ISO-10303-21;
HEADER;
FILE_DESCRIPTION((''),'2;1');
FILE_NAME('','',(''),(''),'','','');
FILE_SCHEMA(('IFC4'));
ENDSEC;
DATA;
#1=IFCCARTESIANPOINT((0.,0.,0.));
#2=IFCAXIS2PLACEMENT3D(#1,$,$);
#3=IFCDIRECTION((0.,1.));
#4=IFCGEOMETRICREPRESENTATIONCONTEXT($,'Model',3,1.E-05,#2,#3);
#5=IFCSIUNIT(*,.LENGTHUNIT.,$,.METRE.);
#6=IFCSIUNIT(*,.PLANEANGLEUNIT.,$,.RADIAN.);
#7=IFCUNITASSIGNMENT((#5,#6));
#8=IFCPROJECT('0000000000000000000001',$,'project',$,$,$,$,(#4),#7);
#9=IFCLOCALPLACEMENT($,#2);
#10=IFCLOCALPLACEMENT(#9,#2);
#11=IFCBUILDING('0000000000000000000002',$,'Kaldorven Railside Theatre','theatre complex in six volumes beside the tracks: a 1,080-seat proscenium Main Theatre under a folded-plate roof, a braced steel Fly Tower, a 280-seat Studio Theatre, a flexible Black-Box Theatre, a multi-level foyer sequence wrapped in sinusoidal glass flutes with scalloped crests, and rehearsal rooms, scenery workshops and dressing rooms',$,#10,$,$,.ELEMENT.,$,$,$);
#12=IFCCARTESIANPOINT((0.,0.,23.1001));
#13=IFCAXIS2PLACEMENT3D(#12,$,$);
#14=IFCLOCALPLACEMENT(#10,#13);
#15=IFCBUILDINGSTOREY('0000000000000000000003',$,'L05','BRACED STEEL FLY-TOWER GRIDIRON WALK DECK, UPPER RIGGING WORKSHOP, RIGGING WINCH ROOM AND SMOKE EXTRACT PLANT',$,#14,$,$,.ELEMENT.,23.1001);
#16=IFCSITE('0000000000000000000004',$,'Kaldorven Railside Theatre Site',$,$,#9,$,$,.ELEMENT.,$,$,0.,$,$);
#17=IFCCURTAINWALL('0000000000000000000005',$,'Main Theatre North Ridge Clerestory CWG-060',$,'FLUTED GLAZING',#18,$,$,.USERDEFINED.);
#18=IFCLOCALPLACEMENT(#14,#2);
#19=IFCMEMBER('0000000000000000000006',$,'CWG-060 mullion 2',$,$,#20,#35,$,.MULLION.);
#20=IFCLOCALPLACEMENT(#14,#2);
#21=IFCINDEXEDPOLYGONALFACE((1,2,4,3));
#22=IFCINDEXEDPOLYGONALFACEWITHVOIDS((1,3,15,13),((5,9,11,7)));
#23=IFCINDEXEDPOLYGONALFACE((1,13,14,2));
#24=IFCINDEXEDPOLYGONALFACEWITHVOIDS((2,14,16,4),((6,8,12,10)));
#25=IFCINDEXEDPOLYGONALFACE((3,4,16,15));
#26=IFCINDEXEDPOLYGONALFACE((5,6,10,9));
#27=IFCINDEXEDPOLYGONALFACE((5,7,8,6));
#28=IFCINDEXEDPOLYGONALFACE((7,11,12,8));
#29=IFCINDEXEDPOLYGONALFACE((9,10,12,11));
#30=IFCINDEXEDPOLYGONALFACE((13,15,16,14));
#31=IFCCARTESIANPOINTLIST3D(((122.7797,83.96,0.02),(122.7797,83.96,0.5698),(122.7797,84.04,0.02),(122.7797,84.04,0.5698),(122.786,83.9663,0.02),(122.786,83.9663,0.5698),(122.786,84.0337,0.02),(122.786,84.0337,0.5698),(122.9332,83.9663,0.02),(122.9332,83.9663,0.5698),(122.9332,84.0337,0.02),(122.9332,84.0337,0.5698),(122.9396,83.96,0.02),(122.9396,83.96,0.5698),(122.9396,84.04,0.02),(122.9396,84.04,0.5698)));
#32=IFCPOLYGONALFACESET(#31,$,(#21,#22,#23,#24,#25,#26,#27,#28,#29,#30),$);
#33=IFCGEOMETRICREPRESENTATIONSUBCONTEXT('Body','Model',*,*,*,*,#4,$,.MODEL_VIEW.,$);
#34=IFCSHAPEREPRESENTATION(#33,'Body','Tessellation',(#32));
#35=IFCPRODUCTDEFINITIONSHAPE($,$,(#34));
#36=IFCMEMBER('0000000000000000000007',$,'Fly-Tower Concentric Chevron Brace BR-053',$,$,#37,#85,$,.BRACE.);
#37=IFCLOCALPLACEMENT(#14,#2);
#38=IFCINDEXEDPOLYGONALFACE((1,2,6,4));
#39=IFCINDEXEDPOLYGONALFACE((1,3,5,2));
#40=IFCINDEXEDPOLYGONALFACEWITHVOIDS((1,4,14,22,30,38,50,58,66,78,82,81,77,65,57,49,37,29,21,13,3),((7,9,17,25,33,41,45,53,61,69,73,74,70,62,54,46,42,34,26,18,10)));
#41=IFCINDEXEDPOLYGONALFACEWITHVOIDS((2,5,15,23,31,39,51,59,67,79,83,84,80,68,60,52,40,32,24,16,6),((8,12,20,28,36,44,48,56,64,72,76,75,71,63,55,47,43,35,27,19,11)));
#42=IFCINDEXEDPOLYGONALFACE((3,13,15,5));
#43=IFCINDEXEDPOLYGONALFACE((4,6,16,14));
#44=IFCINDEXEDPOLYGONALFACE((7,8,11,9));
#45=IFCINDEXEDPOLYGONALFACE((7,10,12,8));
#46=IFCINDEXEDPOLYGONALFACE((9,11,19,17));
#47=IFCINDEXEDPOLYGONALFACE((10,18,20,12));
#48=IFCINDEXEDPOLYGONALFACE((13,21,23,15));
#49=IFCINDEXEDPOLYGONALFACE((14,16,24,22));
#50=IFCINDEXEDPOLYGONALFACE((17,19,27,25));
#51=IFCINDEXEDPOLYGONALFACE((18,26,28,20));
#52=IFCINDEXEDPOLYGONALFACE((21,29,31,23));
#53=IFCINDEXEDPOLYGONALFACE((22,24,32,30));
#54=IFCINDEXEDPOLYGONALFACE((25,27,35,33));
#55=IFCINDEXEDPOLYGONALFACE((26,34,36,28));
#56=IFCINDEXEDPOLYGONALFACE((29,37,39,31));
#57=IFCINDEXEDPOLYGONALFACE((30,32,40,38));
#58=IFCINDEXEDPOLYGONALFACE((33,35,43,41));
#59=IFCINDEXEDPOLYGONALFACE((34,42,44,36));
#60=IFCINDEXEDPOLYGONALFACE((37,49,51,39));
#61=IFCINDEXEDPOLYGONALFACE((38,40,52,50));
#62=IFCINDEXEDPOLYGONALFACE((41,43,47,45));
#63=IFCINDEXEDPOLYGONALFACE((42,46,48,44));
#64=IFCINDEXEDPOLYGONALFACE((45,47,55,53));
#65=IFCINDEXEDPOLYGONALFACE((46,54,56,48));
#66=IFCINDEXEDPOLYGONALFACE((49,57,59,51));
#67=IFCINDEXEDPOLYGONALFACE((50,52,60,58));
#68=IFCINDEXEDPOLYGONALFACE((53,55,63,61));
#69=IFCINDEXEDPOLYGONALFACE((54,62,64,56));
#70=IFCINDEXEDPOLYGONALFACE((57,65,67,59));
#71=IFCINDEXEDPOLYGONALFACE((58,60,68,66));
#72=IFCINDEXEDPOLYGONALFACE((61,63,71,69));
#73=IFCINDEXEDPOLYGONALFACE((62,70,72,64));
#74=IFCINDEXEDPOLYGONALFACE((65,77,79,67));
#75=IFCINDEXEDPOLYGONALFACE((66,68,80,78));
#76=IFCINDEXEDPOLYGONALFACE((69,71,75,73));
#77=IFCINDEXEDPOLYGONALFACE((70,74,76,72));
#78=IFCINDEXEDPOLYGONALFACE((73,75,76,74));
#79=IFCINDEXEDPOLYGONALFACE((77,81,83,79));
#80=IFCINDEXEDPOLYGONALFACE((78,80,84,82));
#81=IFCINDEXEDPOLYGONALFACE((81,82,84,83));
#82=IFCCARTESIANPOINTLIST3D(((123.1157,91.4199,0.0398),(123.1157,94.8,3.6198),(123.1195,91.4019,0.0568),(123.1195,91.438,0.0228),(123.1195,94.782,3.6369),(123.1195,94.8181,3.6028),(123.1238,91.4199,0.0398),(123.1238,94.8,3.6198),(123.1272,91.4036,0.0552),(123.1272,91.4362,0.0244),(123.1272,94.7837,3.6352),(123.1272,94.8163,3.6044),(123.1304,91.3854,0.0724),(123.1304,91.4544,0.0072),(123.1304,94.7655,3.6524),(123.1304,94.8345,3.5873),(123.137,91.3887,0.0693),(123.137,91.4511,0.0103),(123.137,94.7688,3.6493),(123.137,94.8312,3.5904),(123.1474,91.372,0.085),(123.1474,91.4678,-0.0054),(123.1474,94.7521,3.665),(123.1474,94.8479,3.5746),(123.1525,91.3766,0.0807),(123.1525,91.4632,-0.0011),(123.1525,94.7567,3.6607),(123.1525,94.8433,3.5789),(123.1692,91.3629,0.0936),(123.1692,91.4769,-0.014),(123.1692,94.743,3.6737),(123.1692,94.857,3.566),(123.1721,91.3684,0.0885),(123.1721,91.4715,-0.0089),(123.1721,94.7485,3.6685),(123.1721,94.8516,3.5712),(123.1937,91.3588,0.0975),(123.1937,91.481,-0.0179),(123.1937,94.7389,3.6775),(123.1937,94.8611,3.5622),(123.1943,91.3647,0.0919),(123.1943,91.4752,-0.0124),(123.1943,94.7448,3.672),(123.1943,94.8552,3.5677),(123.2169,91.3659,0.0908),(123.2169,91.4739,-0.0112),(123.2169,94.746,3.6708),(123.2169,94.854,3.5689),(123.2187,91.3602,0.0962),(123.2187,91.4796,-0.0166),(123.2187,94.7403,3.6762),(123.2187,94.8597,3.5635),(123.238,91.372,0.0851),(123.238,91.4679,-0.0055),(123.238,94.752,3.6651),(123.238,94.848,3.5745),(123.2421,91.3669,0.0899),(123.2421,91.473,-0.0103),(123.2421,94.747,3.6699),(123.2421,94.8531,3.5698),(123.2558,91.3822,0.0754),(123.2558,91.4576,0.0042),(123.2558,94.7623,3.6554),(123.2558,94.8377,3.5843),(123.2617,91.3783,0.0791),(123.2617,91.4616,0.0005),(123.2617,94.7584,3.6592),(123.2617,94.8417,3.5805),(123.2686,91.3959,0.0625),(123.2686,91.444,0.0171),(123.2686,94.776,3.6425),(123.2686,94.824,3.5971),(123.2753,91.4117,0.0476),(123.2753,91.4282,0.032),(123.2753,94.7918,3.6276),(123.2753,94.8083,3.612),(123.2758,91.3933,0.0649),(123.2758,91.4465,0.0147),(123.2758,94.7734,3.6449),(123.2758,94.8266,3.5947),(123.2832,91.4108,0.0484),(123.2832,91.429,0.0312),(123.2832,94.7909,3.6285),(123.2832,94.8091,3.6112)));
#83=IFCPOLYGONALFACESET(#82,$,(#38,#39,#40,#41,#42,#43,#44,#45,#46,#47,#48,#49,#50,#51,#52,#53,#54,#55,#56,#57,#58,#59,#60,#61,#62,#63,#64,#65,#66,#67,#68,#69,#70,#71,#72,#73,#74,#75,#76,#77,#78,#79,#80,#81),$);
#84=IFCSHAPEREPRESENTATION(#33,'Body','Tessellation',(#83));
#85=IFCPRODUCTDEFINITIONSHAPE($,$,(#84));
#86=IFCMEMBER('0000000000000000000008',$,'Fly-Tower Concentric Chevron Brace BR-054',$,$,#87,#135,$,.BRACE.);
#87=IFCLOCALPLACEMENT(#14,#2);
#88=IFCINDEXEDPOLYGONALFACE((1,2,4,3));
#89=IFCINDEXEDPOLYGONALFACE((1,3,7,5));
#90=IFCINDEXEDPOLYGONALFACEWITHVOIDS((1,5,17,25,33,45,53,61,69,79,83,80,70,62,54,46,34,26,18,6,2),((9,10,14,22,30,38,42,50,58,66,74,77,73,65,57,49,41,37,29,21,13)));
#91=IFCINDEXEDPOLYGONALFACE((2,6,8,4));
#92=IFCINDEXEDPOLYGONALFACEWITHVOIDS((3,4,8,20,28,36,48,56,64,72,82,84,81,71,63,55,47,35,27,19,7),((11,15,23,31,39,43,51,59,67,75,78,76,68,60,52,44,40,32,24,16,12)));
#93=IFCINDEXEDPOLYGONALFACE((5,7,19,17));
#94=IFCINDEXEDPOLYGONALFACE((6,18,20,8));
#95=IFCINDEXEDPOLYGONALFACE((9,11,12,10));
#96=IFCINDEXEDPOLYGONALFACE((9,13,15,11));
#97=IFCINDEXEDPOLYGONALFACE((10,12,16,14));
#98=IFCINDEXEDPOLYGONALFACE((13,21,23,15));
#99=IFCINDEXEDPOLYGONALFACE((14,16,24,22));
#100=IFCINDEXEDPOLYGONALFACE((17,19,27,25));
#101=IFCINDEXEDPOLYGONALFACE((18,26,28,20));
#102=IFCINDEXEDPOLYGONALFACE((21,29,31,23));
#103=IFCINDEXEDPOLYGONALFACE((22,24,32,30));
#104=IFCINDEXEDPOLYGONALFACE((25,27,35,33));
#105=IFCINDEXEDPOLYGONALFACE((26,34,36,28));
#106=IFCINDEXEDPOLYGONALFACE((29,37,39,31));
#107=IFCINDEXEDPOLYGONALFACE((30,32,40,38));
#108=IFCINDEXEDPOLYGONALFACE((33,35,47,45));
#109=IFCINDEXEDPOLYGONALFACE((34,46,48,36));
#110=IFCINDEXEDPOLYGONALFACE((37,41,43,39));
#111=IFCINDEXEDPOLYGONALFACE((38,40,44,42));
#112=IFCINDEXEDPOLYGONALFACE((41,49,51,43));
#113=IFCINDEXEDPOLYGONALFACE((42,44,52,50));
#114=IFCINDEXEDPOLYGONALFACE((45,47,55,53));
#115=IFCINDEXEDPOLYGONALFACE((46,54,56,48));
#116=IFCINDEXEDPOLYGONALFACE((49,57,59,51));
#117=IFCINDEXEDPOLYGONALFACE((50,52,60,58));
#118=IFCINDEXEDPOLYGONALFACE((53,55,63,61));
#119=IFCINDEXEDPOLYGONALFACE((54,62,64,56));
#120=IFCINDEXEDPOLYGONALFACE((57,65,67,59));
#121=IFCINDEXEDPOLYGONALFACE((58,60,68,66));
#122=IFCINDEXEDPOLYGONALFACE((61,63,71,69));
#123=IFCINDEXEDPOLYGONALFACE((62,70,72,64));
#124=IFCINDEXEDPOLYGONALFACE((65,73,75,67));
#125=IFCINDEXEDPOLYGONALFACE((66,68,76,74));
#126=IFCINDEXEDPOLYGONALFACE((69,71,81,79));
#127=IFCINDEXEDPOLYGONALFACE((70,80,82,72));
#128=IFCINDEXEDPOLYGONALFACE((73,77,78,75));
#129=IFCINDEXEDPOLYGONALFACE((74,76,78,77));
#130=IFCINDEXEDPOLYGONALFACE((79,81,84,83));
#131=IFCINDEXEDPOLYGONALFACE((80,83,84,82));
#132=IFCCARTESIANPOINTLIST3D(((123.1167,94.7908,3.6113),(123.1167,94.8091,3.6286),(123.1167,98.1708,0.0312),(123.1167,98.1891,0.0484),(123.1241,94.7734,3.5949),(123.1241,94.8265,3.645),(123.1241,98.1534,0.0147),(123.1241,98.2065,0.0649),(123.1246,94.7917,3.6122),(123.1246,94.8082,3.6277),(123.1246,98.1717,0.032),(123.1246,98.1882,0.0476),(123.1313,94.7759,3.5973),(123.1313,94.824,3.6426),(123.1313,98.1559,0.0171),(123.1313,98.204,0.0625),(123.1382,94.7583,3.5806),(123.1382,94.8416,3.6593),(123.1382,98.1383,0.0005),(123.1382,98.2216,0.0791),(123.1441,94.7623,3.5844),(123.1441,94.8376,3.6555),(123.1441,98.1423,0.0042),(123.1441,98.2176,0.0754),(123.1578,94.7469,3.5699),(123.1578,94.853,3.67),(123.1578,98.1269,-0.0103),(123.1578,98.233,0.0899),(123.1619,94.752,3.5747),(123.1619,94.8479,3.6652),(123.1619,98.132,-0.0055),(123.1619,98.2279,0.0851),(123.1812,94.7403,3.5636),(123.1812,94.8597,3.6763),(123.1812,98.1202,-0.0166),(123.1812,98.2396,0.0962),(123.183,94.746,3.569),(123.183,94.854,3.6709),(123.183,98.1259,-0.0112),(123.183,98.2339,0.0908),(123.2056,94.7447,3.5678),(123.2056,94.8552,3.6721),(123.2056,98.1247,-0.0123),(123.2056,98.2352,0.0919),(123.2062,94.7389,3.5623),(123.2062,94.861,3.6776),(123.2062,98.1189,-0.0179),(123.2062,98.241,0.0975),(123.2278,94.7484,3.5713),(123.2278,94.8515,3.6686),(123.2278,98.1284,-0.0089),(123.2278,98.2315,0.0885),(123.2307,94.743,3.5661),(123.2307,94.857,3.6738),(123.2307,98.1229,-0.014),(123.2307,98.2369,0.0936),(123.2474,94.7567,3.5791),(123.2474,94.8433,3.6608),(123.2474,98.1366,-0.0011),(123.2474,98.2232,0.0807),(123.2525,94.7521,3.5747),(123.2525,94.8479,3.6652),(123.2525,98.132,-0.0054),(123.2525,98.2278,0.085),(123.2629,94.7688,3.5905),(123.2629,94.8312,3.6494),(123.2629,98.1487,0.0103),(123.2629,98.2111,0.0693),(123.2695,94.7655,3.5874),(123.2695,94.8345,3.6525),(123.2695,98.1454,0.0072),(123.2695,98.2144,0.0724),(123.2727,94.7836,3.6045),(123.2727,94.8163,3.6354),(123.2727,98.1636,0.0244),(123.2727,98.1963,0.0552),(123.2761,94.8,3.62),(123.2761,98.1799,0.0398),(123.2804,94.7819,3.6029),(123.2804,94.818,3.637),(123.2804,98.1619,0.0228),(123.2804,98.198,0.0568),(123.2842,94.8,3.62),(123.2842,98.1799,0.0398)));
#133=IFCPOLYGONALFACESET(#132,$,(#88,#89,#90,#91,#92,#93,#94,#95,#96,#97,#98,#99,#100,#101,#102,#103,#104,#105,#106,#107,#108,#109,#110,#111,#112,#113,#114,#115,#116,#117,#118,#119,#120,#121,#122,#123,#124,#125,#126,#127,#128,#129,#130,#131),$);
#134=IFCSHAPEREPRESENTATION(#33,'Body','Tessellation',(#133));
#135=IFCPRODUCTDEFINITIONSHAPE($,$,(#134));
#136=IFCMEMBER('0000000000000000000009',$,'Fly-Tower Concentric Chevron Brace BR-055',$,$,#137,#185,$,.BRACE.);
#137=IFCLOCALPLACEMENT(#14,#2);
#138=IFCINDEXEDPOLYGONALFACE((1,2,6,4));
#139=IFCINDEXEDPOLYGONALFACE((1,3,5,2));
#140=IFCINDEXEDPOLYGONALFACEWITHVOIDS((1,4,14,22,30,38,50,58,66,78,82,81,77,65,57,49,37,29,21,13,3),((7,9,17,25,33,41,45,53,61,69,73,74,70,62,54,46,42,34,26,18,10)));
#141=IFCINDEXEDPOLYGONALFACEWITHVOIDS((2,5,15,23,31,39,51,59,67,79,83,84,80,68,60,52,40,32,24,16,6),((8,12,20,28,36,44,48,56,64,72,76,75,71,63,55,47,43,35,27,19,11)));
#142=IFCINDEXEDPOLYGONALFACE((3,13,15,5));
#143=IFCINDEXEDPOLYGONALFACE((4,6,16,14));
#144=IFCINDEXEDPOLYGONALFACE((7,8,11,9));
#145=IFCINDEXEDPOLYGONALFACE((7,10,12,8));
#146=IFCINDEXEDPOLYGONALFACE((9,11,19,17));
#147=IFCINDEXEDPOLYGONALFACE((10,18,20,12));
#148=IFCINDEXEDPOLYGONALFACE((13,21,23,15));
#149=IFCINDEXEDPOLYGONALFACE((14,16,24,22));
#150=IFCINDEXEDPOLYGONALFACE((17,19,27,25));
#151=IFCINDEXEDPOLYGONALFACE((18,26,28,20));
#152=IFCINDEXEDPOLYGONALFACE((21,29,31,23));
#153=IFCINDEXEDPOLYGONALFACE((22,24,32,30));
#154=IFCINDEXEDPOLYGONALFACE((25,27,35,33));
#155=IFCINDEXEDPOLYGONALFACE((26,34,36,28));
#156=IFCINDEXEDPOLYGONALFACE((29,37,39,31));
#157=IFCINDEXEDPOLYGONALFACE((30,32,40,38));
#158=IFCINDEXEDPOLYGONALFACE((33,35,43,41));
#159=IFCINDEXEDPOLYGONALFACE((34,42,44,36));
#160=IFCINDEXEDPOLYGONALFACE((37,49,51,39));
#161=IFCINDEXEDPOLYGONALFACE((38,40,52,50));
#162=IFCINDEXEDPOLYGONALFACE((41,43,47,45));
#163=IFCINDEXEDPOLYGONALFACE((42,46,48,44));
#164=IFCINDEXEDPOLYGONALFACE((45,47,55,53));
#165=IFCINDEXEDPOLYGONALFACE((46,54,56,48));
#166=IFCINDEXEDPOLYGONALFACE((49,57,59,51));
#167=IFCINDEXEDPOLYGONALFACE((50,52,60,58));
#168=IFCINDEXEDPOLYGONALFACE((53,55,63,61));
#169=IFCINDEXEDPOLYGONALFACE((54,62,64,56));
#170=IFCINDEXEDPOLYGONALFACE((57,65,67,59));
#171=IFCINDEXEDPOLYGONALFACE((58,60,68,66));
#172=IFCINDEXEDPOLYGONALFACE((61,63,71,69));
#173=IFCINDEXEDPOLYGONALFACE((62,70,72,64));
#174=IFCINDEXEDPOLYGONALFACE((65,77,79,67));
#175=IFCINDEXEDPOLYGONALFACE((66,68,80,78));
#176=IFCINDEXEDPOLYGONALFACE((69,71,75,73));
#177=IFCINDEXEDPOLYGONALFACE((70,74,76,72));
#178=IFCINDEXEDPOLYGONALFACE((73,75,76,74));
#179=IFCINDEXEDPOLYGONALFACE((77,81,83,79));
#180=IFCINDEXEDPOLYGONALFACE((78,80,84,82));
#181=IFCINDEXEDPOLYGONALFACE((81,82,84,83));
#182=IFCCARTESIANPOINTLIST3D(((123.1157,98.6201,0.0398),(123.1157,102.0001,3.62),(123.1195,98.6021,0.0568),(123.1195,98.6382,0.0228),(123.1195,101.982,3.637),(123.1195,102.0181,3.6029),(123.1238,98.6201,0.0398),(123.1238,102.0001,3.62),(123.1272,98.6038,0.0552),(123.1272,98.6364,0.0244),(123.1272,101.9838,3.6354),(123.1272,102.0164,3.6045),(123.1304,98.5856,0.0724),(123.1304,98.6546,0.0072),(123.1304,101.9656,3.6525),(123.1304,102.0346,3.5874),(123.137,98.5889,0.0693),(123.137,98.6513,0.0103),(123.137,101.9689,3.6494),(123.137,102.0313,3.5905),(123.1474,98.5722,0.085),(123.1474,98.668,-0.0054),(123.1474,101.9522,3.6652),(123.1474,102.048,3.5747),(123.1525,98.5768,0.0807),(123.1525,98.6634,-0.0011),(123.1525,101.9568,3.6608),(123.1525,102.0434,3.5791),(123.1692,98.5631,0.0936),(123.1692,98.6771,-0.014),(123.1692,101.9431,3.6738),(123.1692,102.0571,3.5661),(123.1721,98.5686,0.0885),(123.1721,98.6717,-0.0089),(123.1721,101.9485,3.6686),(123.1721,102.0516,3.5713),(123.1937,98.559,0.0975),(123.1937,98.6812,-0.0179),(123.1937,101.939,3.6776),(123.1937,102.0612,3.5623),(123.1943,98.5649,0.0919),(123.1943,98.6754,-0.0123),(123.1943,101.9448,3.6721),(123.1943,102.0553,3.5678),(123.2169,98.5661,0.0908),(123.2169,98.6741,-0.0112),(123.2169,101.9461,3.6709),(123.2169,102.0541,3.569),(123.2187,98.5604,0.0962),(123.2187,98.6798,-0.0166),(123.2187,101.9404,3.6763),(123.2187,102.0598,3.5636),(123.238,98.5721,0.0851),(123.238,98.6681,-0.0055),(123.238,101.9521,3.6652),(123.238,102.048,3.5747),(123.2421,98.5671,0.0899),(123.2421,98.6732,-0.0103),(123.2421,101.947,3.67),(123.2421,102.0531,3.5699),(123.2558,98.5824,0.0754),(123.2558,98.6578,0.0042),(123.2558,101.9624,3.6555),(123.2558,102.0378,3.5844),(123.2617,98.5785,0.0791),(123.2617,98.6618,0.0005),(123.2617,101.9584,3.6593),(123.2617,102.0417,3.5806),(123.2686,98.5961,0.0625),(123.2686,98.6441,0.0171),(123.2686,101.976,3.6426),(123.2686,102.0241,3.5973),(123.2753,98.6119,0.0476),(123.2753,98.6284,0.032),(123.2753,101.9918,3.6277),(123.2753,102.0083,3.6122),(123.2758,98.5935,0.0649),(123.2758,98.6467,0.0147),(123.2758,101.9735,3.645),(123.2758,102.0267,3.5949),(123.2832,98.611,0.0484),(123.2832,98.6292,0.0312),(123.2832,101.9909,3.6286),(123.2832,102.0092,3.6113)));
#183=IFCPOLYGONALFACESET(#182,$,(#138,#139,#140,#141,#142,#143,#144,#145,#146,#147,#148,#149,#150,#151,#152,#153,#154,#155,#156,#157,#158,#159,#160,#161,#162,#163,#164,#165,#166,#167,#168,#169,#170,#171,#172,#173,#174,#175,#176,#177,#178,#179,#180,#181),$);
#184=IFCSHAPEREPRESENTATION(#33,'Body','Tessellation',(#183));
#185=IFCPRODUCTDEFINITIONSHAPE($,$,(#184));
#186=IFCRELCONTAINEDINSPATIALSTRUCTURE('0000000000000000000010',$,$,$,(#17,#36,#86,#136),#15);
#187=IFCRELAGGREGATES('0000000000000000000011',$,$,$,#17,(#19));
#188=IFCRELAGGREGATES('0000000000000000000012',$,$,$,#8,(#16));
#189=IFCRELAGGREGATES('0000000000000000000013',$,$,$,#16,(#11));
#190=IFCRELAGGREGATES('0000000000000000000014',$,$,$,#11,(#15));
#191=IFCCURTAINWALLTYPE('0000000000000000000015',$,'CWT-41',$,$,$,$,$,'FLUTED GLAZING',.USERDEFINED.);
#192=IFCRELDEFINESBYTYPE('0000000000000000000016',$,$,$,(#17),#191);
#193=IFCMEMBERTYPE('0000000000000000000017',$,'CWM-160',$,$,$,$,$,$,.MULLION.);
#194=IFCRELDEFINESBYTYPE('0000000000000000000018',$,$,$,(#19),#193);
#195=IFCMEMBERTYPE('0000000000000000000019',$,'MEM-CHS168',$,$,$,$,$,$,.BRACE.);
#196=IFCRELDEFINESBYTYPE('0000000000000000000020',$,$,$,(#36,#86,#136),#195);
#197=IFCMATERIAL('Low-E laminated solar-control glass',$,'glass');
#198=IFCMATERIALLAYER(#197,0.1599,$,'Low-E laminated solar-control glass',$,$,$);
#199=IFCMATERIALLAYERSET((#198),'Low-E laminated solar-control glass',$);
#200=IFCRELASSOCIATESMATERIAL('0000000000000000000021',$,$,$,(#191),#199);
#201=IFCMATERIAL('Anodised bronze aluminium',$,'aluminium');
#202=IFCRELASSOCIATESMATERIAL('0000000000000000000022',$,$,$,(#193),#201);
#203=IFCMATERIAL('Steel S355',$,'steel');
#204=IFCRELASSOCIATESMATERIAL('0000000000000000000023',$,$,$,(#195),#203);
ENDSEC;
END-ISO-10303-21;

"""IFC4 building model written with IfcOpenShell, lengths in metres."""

from ifc_helpers import new_model, si_unit, direction, frame, origin, origin_2d, place, context, subcontext, project, spatial, hollow_rectangle, hollow_circle, extrude, material, layer, layer_set, material_profile, profile_set, type_object, element, aggregate, save


model = new_model("IFC4")

# Units and contexts
model_context = context("Model", 3, precision=1e-05, world=origin(), true_north=direction((0.0, 1.0)))
body_context = subcontext(model_context, "Body", "Model", "MODEL_VIEW")
ifc_project = project(units=[si_unit("LENGTHUNIT", "METRE"), si_unit("PLANEANGLEUNIT", "RADIAN")], contexts=[model_context])

# Site, building, storey
site_placement = place(None, origin())
site = spatial("IfcSite", under=ifc_project, at=site_placement, Name="Kaldorven Railside Theatre Site", CompositionType="ELEMENT", RefElevation=0.0)
building_placement = place(site_placement, origin())
building = spatial("IfcBuilding", under=site, at=building_placement, Name="Kaldorven Railside Theatre", Description="theatre complex in six volumes beside the tracks: a 1,080-seat proscenium Main Theatre under a folded-plate roof, a braced steel Fly Tower, a 280-seat Studio Theatre, a flexible Black-Box Theatre, a multi-level foyer sequence wrapped in sinusoidal glass flutes with scalloped crests, and rehearsal rooms, scenery workshops and dressing rooms", CompositionType="ELEMENT")
storey_placement = place(building_placement, frame((0.0, 0.0, 23.1001)))
storey = spatial("IfcBuildingStorey", under=building, at=storey_placement, Name="L05", Description="BRACED STEEL FLY-TOWER GRIDIRON WALK DECK, UPPER RIGGING WORKSHOP, RIGGING WINCH ROOM AND SMOKE EXTRACT PLANT", CompositionType="ELEMENT", Elevation=23.1001)

# Shared definitions
ifc_material_1 = material(Name="Steel S355", Category="steel")

# Curtain wall, member
ifc_material_2 = material(Name="Low-E laminated solar-control glass", Category="glass")
ifc_layer_1 = layer(ifc_material_2, 0.1599, Name="Low-E laminated solar-control glass")
ifc_layer_set_1 = layer_set([ifc_layer_1], Name="Low-E laminated solar-control glass")
curtain_wall_type = type_object("IfcCurtainWallType", Name="CWT-41", ElementType="FLUTED GLAZING", PredefinedType="USERDEFINED", material=ifc_layer_set_1)
curtain_wall_placement = place(storey_placement, origin())
curtain_wall = element("IfcCurtainWall", 1, at=curtain_wall_placement, inside=storey, type_object=curtain_wall_type, Name="Main Theatre North Ridge Clerestory CWG-060", ObjectType="FLUTED GLAZING", PredefinedType="USERDEFINED")
ifc_material_3 = material(Name="Anodised bronze aluminium", Category="aluminium")
ifc_material_profile_1 = material_profile(ifc_material_3, hollow_rectangle(XDim=0.0801, YDim=0.1599, WallThickness=0.0063, at=origin_2d()), Name="RHS 160x80x6.3")
ifc_profile_set_1 = profile_set([ifc_material_profile_1], Name="Anodised bronze aluminium")
member_type_1 = type_object("IfcMemberType", Name="CWM-160", PredefinedType="MULLION", material=ifc_profile_set_1)
member_placement = place(storey_placement, frame((122.8596, 84.0, 0.02), z_axis=(0.0, 0.0, 1.0), x_axis=(0.0, 1.0, 0.0)))
member = element("IfcMember", 2, at=member_placement, type_object=member_type_1, Name="CWG-060 mullion 2", PredefinedType="MULLION", context=body_context, shape_type="SweptSolid", body=[
    extrude(hollow_rectangle(XDim=0.0801, YDim=0.1599, WallThickness=0.0063, at=origin_2d()), origin(), (0.0, 0.0, 1.0), 0.5498),
])

# Members
ifc_material_profile_2 = material_profile(ifc_material_1, hollow_circle(Radius=0.0842, WallThickness=0.0081, at=origin_2d()), Name="CHS 168.3x8")
ifc_profile_set_2 = profile_set([ifc_material_profile_2], Name="Steel S355")
member_type_2 = type_object("IfcMemberType", Name="MEM-CHS168", PredefinedType="BRACE", material=ifc_profile_set_2)
for number, where, z_axis, x_axis, name in (
    (3, (123.2, 91.4199, 0.0398), (0.0, 0.68651, 0.72712), (-1.0, 0.0, 0.0), "Fly-Tower Concentric Chevron Brace BR-053"),
    (4, (123.2, 98.1799, 0.0398), (0.0, -0.686484, 0.727145), (1.0, 0.0, 0.0), "Fly-Tower Concentric Chevron Brace BR-054"),
    (5, (123.2, 98.6201, 0.0398), (0.0, 0.686484, 0.727145), (-1.0, 0.0, 0.0), "Fly-Tower Concentric Chevron Brace BR-055"),
):
    element("IfcMember", number, at=place(storey_placement, frame(where, z_axis=z_axis, x_axis=x_axis)), inside=storey, type_object=member_type_2, Name=name, PredefinedType="BRACE", context=body_context, shape_type="SweptSolid", body=[
        extrude(hollow_circle(Radius=0.0842, WallThickness=0.0081, at=origin_2d()), origin(), (0.0, 0.0, 1.0), 4.9236),
    ])

aggregate(curtain_wall, [member])

save(model, "model.ifc")
